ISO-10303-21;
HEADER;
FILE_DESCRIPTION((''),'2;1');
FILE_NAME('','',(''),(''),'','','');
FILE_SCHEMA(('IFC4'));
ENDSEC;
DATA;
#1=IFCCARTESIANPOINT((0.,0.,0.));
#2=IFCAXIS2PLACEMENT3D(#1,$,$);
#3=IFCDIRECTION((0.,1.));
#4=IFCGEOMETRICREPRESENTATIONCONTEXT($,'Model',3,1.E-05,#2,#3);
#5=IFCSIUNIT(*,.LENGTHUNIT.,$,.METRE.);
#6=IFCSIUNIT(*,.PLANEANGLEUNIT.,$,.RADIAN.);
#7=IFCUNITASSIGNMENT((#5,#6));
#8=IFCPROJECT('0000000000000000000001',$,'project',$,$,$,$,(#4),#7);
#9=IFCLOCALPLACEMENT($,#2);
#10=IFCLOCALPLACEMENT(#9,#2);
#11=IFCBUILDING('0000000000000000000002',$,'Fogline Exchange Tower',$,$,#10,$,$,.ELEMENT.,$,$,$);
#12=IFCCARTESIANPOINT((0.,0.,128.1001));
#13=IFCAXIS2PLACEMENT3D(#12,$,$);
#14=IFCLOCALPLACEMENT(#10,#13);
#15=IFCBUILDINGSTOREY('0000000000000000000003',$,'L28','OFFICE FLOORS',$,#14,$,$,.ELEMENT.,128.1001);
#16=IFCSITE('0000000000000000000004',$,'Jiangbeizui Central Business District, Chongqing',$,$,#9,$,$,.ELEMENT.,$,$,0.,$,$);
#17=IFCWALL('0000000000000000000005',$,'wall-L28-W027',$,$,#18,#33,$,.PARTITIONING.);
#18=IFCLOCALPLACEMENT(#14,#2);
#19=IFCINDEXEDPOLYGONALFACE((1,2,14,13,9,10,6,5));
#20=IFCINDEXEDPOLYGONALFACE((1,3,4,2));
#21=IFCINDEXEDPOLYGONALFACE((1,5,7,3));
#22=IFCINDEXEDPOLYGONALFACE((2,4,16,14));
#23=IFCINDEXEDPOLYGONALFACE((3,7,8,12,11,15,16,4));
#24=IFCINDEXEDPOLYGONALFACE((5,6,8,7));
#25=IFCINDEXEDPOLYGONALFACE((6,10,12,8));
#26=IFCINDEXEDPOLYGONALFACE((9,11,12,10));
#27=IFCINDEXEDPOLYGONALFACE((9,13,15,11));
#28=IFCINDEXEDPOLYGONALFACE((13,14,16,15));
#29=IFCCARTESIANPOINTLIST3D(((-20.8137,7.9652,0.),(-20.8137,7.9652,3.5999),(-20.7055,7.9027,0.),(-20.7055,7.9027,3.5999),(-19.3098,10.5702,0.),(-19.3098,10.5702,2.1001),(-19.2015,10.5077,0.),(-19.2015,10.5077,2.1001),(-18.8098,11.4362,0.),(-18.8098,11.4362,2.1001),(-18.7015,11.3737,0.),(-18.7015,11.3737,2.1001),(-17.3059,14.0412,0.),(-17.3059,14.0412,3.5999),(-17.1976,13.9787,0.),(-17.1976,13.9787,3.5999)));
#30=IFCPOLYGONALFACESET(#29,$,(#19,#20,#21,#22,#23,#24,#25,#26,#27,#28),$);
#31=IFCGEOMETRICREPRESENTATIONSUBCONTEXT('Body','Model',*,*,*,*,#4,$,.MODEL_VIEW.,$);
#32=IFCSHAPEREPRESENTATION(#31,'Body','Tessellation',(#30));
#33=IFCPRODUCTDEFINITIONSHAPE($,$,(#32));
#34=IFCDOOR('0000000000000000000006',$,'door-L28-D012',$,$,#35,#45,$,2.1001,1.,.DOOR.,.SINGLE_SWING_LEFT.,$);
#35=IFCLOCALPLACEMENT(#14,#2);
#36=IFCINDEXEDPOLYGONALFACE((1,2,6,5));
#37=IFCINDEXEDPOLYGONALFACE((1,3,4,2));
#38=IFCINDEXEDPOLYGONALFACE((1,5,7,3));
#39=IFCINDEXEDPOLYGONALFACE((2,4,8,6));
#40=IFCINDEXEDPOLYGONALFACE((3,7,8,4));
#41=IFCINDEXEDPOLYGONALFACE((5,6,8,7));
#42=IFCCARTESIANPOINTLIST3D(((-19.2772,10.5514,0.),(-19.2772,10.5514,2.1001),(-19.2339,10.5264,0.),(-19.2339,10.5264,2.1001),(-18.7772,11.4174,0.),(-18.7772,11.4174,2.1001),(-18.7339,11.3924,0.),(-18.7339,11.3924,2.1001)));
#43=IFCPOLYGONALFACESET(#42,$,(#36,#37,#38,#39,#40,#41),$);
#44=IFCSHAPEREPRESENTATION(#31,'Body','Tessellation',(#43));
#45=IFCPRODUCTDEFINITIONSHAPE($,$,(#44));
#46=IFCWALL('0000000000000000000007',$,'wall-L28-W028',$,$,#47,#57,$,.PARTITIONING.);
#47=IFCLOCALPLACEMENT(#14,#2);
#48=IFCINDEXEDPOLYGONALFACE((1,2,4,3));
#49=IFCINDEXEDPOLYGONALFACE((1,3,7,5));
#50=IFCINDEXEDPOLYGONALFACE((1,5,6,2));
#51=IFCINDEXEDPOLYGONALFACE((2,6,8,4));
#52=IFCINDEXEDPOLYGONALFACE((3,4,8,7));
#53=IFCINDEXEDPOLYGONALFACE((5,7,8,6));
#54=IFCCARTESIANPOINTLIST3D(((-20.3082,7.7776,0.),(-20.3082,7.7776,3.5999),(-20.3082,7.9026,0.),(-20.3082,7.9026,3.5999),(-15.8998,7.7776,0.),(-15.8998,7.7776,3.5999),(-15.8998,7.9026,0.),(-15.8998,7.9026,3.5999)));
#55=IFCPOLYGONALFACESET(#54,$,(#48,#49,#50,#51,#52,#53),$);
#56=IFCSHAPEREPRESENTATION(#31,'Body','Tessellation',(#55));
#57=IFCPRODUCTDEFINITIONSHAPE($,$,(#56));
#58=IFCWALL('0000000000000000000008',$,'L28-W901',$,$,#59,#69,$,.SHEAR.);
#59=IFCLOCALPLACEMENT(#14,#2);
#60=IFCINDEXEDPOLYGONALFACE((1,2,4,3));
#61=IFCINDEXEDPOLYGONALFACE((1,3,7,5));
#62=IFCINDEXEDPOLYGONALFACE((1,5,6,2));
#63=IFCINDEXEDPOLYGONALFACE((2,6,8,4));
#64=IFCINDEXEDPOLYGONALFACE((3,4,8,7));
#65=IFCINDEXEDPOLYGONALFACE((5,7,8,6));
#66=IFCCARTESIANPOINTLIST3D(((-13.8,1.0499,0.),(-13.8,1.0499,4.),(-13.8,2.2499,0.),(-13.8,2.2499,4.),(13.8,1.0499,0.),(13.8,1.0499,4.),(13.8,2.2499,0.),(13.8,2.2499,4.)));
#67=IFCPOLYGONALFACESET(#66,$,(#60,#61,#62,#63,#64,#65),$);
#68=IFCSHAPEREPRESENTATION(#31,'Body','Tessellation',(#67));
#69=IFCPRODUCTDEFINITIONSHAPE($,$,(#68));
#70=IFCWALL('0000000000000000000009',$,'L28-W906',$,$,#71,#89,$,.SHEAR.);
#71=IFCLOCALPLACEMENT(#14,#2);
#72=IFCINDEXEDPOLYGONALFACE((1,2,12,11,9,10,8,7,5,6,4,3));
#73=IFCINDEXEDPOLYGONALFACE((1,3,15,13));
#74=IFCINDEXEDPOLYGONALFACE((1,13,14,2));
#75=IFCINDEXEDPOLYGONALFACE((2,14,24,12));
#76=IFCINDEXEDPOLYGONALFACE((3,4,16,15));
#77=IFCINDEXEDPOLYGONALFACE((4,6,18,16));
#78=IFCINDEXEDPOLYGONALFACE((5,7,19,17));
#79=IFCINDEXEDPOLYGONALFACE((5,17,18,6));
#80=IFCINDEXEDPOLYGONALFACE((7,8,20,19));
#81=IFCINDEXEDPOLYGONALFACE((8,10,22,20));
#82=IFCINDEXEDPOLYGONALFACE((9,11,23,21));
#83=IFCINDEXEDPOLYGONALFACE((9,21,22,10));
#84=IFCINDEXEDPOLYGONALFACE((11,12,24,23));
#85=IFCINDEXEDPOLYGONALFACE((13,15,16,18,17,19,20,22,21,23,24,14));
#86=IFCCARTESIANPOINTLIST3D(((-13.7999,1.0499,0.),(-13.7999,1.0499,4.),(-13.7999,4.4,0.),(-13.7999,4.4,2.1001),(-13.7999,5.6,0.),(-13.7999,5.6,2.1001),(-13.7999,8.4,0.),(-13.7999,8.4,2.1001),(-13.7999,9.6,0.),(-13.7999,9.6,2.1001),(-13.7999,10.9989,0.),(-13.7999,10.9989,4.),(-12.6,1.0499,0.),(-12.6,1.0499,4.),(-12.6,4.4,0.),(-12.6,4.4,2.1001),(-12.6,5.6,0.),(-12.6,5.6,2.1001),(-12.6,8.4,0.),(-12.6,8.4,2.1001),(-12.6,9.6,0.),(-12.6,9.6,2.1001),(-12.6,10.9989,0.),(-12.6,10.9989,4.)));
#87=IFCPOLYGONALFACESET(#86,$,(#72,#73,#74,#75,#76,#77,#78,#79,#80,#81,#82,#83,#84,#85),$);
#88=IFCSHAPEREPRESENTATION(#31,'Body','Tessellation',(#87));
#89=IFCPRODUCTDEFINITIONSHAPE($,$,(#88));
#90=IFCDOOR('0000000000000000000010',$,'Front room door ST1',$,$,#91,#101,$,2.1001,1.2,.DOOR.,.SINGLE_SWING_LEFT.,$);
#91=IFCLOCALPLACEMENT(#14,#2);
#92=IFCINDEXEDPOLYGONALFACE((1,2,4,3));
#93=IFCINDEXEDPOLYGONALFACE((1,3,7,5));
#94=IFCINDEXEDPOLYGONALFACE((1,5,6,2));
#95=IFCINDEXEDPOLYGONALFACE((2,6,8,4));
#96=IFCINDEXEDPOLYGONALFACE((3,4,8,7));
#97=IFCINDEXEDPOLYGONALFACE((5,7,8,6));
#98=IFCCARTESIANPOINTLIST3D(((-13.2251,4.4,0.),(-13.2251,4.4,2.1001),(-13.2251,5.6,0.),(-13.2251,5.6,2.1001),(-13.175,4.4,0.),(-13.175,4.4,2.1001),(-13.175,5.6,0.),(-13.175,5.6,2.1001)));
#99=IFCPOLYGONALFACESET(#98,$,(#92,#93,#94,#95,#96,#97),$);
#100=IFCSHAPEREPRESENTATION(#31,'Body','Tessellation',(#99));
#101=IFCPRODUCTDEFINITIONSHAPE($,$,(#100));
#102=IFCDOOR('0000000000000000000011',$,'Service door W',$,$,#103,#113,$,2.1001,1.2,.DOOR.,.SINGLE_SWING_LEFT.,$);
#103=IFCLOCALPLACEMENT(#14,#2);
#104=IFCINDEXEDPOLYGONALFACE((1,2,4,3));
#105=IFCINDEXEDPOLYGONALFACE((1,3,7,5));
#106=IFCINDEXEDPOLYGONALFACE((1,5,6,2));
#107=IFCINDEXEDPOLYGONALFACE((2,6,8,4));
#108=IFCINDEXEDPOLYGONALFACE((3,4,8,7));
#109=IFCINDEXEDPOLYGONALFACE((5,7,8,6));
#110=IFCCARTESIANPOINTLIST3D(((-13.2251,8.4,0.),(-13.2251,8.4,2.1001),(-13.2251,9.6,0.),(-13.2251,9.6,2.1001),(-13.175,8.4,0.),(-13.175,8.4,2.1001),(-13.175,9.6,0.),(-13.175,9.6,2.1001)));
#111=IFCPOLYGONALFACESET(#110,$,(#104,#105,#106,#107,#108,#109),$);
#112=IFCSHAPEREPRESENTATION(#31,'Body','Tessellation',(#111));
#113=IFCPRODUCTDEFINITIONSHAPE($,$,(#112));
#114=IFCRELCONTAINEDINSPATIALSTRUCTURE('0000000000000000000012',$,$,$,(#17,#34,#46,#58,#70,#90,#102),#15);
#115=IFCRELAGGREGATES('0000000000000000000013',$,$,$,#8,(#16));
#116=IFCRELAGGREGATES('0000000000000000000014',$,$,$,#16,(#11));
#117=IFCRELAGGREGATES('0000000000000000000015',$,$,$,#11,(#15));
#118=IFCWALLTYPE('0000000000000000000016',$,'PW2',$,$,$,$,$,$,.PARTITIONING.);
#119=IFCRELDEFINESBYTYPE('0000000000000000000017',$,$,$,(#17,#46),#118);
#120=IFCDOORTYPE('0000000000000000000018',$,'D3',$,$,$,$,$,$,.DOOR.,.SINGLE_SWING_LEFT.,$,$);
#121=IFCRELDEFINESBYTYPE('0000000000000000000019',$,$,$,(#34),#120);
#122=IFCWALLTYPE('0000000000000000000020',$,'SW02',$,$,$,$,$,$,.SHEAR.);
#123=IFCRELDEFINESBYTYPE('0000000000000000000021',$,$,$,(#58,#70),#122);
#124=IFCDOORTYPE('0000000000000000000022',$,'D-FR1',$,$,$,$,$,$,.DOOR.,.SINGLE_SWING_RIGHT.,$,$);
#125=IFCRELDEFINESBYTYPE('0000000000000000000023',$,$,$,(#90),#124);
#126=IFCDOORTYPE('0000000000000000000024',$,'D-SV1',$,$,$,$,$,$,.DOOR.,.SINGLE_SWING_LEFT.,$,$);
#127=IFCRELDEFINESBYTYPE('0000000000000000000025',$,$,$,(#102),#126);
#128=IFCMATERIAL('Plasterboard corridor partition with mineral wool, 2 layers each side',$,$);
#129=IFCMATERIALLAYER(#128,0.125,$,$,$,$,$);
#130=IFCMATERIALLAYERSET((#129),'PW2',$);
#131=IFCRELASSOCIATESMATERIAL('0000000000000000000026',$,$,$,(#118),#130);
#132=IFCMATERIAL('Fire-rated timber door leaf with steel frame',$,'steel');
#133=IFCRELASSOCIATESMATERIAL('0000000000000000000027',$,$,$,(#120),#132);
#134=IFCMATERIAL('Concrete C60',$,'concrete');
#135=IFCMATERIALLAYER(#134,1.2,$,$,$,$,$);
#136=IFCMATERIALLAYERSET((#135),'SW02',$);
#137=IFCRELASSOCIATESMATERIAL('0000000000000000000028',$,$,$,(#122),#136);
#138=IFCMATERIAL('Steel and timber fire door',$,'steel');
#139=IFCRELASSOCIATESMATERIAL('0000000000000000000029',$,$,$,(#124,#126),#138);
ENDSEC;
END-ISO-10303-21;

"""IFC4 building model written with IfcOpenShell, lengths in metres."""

from ifc_helpers import new_model, si_unit, direction, frame, frame_2d, origin, place, context, subcontext, project, spatial, rectangle, extrude, material, layer, layer_set, type_object, element, fill, save


model = new_model("IFC4")

# Units and contexts
model_context = context("Model", 3, precision=1e-05, world=origin(), true_north=direction((0.0, 1.0)))
body_context = subcontext(model_context, "Body", "Model", "MODEL_VIEW")
ifc_project = project(units=[si_unit("LENGTHUNIT", "METRE"), si_unit("PLANEANGLEUNIT", "RADIAN")], contexts=[model_context])

# Site, building, storey
site_placement = place(None, origin())
site = spatial("IfcSite", under=ifc_project, at=site_placement, Name="Jiangbeizui Central Business District, Chongqing", CompositionType="ELEMENT", RefElevation=0.0)
building_placement = place(site_placement, origin())
building = spatial("IfcBuilding", under=site, at=building_placement, Name="Fogline Exchange Tower", CompositionType="ELEMENT")
storey_placement = place(building_placement, frame((0.0, 0.0, 128.1001)))
storey = spatial("IfcBuildingStorey", under=building, at=storey_placement, Name="L28", Description="OFFICE FLOORS", CompositionType="ELEMENT", Elevation=128.1001)

# Shared definitions
ifc_material_1 = material(Name="Plasterboard corridor partition with mineral wool, 2 layers each side")
ifc_layer_1 = layer(ifc_material_1, 0.125)
ifc_layer_set_1 = layer_set([ifc_layer_1], Name="PW2")
wall_type_1 = type_object("IfcWallType", Name="PW2", PredefinedType="PARTITIONING", material=ifc_layer_set_1)

# Shared definitions
ifc_material_2 = material(Name="Fire-rated timber door leaf with steel frame", Category="steel")
door_type_1 = type_object("IfcDoorType", Name="D3", OperationType="SINGLE_SWING_LEFT", PredefinedType="DOOR", material=ifc_material_2)

# Wall, opening, door
wall_1_placement = place(storey_placement, frame((-20.7595, 7.9341, 0.0), z_axis=(0.0, 0.0, 1.0), x_axis=(0.499987, 0.866033, 0.0)))
wall_1 = element("IfcWall", 1, at=wall_1_placement, inside=storey, type_object=wall_type_1, Name="wall-L28-W027", PredefinedType="PARTITIONING", context=body_context, shape_type="SweptSolid", body=[
    extrude(rectangle(XDim=7.0159, YDim=0.125, at=frame_2d((3.5078, 0.0))), origin(), (0.0, 0.0, 1.0), 3.5999),
])
opening_1_placement = place(wall_1_placement, frame((3.0078, 0.0, 0.0)))
opening_1 = element("IfcOpeningElement", 2, at=opening_1_placement, cuts=wall_1, PredefinedType="OPENING", context=body_context, shape_type="SweptSolid", body=[
    extrude(rectangle(XDim=1.0, YDim=2.1001, at=frame_2d((0.5, 1.05))), frame((0.0, 0.0725, 0.0), z_axis=(0.0, -1.0, 0.0), x_axis=(1.0, 0.0, 0.0)), (0.0, 0.0, 1.0), 0.145),
])
door_1_placement = place(opening_1_placement, origin())
door_1 = element("IfcDoor", 3, at=door_1_placement, inside=storey, type_object=door_type_1, Name="door-L28-D012", OperationType="SINGLE_SWING_LEFT", OverallHeight=2.1001, OverallWidth=1.0, PredefinedType="DOOR", context=body_context, shape_type="SweptSolid", body=[
    extrude(rectangle(XDim=1.0, YDim=2.1001, at=frame_2d((0.5, 1.05))), frame((0.0, 0.0249, 0.0), z_axis=(0.0, -1.0, 0.0), x_axis=(1.0, 0.0, 0.0)), (0.0, 0.0, 1.0), 0.05),
])
fill(opening_1, door_1)

# Walls
wall_2_placement = place(storey_placement, frame((-15.8999, 7.8401, 0.0), z_axis=(0.0, 0.0, 1.0), x_axis=(-1.0, 0.0, 0.0)))
element("IfcWall", 4, at=wall_2_placement, inside=storey, type_object=wall_type_1, Name="wall-L28-W028", PredefinedType="PARTITIONING", context=body_context, shape_type="SweptSolid", body=[
    extrude(rectangle(XDim=4.4084, YDim=0.125, at=frame_2d((2.2041, 0.0))), origin(), (0.0, 0.0, 1.0), 3.5999),
])
ifc_material_3 = material(Name="Concrete C60", Category="concrete")
ifc_layer_2 = layer(ifc_material_3, 1.2)
ifc_layer_set_2 = layer_set([ifc_layer_2], Name="SW02")
wall_type_2 = type_object("IfcWallType", Name="SW02", PredefinedType="SHEAR", material=ifc_layer_set_2)
wall_3_placement = place(storey_placement, frame((-13.8, 1.6499, 0.0), z_axis=(0.0, 0.0, 1.0), x_axis=(1.0, 0.0, 0.0)))
element("IfcWall", 5, at=wall_3_placement, inside=storey, type_object=wall_type_2, Name="L28-W901", PredefinedType="SHEAR", context=body_context, shape_type="SweptSolid", body=[
    extrude(rectangle(XDim=27.6001, YDim=1.2, at=frame_2d((13.8, 0.0))), origin(), (0.0, 0.0, 1.0), 4.0),
])

# Wall, openings, doors
wall_4_placement = place(storey_placement, frame((-13.2, 10.999, 0.0), z_axis=(0.0, 0.0, 1.0), x_axis=(0.0, -1.0, 0.0)))
wall_4 = element("IfcWall", 6, at=wall_4_placement, inside=storey, type_object=wall_type_2, Name="L28-W906", PredefinedType="SHEAR", context=body_context, shape_type="SweptSolid", body=[
    extrude(rectangle(XDim=9.949, YDim=1.2, at=frame_2d((4.9746, 0.0))), origin(), (0.0, 0.0, 1.0), 4.0),
])
opening_2_placement = place(wall_4_placement, frame((5.3989, 0.0, 0.0)))
opening_2 = element("IfcOpeningElement", 7, at=opening_2_placement, cuts=wall_4, PredefinedType="OPENING", context=body_context, shape_type="SweptSolid", body=[
    extrude(rectangle(XDim=1.2, YDim=2.1001, at=frame_2d((0.6001, 1.05))), frame((0.0, 0.6099, 0.0), z_axis=(0.0, -1.0, 0.0), x_axis=(1.0, 0.0, 0.0)), (0.0, 0.0, 1.0), 1.22),
])
opening_3_placement = place(wall_4_placement, frame((1.3989, 0.0, 0.0)))
opening_3 = element("IfcOpeningElement", 8, at=opening_3_placement, cuts=wall_4, PredefinedType="OPENING", context=body_context, shape_type="SweptSolid", body=[
    extrude(rectangle(XDim=1.2, YDim=2.1001, at=frame_2d((0.6001, 1.05))), frame((0.0, 0.6099, 0.0), z_axis=(0.0, -1.0, 0.0), x_axis=(1.0, 0.0, 0.0)), (0.0, 0.0, 1.0), 1.22),
])
ifc_material_4 = material(Name="Steel and timber fire door", Category="steel")
door_type_2 = type_object("IfcDoorType", Name="D-FR1", OperationType="SINGLE_SWING_RIGHT", PredefinedType="DOOR", material=ifc_material_4)
door_2_placement = place(opening_2_placement, origin())
door_2 = element("IfcDoor", 9, at=door_2_placement, inside=storey, type_object=door_type_2, Name="Front room door ST1", OperationType="SINGLE_SWING_LEFT", OverallHeight=2.1001, OverallWidth=1.2, PredefinedType="DOOR", context=body_context, shape_type="SweptSolid", body=[
    extrude(rectangle(XDim=1.2, YDim=2.1001, at=frame_2d((0.6001, 1.05))), frame((0.0, 0.0249, 0.0), z_axis=(0.0, -1.0, 0.0), x_axis=(1.0, 0.0, 0.0)), (0.0, 0.0, 1.0), 0.05),
])
fill(opening_2, door_2)
door_type_3 = type_object("IfcDoorType", Name="D-SV1", OperationType="SINGLE_SWING_LEFT", PredefinedType="DOOR", material=ifc_material_4)
door_3_placement = place(opening_3_placement, origin())
door_3 = element("IfcDoor", 10, at=door_3_placement, inside=storey, type_object=door_type_3, Name="Service door W", OperationType="SINGLE_SWING_LEFT", OverallHeight=2.1001, OverallWidth=1.2, PredefinedType="DOOR", context=body_context, shape_type="SweptSolid", body=[
    extrude(rectangle(XDim=1.2, YDim=2.1001, at=frame_2d((0.6001, 1.05))), frame((0.0, 0.0249, 0.0), z_axis=(0.0, -1.0, 0.0), x_axis=(1.0, 0.0, 0.0)), (0.0, 0.0, 1.0), 0.05),
])
fill(opening_3, door_3)

save(model, "model.ifc")
